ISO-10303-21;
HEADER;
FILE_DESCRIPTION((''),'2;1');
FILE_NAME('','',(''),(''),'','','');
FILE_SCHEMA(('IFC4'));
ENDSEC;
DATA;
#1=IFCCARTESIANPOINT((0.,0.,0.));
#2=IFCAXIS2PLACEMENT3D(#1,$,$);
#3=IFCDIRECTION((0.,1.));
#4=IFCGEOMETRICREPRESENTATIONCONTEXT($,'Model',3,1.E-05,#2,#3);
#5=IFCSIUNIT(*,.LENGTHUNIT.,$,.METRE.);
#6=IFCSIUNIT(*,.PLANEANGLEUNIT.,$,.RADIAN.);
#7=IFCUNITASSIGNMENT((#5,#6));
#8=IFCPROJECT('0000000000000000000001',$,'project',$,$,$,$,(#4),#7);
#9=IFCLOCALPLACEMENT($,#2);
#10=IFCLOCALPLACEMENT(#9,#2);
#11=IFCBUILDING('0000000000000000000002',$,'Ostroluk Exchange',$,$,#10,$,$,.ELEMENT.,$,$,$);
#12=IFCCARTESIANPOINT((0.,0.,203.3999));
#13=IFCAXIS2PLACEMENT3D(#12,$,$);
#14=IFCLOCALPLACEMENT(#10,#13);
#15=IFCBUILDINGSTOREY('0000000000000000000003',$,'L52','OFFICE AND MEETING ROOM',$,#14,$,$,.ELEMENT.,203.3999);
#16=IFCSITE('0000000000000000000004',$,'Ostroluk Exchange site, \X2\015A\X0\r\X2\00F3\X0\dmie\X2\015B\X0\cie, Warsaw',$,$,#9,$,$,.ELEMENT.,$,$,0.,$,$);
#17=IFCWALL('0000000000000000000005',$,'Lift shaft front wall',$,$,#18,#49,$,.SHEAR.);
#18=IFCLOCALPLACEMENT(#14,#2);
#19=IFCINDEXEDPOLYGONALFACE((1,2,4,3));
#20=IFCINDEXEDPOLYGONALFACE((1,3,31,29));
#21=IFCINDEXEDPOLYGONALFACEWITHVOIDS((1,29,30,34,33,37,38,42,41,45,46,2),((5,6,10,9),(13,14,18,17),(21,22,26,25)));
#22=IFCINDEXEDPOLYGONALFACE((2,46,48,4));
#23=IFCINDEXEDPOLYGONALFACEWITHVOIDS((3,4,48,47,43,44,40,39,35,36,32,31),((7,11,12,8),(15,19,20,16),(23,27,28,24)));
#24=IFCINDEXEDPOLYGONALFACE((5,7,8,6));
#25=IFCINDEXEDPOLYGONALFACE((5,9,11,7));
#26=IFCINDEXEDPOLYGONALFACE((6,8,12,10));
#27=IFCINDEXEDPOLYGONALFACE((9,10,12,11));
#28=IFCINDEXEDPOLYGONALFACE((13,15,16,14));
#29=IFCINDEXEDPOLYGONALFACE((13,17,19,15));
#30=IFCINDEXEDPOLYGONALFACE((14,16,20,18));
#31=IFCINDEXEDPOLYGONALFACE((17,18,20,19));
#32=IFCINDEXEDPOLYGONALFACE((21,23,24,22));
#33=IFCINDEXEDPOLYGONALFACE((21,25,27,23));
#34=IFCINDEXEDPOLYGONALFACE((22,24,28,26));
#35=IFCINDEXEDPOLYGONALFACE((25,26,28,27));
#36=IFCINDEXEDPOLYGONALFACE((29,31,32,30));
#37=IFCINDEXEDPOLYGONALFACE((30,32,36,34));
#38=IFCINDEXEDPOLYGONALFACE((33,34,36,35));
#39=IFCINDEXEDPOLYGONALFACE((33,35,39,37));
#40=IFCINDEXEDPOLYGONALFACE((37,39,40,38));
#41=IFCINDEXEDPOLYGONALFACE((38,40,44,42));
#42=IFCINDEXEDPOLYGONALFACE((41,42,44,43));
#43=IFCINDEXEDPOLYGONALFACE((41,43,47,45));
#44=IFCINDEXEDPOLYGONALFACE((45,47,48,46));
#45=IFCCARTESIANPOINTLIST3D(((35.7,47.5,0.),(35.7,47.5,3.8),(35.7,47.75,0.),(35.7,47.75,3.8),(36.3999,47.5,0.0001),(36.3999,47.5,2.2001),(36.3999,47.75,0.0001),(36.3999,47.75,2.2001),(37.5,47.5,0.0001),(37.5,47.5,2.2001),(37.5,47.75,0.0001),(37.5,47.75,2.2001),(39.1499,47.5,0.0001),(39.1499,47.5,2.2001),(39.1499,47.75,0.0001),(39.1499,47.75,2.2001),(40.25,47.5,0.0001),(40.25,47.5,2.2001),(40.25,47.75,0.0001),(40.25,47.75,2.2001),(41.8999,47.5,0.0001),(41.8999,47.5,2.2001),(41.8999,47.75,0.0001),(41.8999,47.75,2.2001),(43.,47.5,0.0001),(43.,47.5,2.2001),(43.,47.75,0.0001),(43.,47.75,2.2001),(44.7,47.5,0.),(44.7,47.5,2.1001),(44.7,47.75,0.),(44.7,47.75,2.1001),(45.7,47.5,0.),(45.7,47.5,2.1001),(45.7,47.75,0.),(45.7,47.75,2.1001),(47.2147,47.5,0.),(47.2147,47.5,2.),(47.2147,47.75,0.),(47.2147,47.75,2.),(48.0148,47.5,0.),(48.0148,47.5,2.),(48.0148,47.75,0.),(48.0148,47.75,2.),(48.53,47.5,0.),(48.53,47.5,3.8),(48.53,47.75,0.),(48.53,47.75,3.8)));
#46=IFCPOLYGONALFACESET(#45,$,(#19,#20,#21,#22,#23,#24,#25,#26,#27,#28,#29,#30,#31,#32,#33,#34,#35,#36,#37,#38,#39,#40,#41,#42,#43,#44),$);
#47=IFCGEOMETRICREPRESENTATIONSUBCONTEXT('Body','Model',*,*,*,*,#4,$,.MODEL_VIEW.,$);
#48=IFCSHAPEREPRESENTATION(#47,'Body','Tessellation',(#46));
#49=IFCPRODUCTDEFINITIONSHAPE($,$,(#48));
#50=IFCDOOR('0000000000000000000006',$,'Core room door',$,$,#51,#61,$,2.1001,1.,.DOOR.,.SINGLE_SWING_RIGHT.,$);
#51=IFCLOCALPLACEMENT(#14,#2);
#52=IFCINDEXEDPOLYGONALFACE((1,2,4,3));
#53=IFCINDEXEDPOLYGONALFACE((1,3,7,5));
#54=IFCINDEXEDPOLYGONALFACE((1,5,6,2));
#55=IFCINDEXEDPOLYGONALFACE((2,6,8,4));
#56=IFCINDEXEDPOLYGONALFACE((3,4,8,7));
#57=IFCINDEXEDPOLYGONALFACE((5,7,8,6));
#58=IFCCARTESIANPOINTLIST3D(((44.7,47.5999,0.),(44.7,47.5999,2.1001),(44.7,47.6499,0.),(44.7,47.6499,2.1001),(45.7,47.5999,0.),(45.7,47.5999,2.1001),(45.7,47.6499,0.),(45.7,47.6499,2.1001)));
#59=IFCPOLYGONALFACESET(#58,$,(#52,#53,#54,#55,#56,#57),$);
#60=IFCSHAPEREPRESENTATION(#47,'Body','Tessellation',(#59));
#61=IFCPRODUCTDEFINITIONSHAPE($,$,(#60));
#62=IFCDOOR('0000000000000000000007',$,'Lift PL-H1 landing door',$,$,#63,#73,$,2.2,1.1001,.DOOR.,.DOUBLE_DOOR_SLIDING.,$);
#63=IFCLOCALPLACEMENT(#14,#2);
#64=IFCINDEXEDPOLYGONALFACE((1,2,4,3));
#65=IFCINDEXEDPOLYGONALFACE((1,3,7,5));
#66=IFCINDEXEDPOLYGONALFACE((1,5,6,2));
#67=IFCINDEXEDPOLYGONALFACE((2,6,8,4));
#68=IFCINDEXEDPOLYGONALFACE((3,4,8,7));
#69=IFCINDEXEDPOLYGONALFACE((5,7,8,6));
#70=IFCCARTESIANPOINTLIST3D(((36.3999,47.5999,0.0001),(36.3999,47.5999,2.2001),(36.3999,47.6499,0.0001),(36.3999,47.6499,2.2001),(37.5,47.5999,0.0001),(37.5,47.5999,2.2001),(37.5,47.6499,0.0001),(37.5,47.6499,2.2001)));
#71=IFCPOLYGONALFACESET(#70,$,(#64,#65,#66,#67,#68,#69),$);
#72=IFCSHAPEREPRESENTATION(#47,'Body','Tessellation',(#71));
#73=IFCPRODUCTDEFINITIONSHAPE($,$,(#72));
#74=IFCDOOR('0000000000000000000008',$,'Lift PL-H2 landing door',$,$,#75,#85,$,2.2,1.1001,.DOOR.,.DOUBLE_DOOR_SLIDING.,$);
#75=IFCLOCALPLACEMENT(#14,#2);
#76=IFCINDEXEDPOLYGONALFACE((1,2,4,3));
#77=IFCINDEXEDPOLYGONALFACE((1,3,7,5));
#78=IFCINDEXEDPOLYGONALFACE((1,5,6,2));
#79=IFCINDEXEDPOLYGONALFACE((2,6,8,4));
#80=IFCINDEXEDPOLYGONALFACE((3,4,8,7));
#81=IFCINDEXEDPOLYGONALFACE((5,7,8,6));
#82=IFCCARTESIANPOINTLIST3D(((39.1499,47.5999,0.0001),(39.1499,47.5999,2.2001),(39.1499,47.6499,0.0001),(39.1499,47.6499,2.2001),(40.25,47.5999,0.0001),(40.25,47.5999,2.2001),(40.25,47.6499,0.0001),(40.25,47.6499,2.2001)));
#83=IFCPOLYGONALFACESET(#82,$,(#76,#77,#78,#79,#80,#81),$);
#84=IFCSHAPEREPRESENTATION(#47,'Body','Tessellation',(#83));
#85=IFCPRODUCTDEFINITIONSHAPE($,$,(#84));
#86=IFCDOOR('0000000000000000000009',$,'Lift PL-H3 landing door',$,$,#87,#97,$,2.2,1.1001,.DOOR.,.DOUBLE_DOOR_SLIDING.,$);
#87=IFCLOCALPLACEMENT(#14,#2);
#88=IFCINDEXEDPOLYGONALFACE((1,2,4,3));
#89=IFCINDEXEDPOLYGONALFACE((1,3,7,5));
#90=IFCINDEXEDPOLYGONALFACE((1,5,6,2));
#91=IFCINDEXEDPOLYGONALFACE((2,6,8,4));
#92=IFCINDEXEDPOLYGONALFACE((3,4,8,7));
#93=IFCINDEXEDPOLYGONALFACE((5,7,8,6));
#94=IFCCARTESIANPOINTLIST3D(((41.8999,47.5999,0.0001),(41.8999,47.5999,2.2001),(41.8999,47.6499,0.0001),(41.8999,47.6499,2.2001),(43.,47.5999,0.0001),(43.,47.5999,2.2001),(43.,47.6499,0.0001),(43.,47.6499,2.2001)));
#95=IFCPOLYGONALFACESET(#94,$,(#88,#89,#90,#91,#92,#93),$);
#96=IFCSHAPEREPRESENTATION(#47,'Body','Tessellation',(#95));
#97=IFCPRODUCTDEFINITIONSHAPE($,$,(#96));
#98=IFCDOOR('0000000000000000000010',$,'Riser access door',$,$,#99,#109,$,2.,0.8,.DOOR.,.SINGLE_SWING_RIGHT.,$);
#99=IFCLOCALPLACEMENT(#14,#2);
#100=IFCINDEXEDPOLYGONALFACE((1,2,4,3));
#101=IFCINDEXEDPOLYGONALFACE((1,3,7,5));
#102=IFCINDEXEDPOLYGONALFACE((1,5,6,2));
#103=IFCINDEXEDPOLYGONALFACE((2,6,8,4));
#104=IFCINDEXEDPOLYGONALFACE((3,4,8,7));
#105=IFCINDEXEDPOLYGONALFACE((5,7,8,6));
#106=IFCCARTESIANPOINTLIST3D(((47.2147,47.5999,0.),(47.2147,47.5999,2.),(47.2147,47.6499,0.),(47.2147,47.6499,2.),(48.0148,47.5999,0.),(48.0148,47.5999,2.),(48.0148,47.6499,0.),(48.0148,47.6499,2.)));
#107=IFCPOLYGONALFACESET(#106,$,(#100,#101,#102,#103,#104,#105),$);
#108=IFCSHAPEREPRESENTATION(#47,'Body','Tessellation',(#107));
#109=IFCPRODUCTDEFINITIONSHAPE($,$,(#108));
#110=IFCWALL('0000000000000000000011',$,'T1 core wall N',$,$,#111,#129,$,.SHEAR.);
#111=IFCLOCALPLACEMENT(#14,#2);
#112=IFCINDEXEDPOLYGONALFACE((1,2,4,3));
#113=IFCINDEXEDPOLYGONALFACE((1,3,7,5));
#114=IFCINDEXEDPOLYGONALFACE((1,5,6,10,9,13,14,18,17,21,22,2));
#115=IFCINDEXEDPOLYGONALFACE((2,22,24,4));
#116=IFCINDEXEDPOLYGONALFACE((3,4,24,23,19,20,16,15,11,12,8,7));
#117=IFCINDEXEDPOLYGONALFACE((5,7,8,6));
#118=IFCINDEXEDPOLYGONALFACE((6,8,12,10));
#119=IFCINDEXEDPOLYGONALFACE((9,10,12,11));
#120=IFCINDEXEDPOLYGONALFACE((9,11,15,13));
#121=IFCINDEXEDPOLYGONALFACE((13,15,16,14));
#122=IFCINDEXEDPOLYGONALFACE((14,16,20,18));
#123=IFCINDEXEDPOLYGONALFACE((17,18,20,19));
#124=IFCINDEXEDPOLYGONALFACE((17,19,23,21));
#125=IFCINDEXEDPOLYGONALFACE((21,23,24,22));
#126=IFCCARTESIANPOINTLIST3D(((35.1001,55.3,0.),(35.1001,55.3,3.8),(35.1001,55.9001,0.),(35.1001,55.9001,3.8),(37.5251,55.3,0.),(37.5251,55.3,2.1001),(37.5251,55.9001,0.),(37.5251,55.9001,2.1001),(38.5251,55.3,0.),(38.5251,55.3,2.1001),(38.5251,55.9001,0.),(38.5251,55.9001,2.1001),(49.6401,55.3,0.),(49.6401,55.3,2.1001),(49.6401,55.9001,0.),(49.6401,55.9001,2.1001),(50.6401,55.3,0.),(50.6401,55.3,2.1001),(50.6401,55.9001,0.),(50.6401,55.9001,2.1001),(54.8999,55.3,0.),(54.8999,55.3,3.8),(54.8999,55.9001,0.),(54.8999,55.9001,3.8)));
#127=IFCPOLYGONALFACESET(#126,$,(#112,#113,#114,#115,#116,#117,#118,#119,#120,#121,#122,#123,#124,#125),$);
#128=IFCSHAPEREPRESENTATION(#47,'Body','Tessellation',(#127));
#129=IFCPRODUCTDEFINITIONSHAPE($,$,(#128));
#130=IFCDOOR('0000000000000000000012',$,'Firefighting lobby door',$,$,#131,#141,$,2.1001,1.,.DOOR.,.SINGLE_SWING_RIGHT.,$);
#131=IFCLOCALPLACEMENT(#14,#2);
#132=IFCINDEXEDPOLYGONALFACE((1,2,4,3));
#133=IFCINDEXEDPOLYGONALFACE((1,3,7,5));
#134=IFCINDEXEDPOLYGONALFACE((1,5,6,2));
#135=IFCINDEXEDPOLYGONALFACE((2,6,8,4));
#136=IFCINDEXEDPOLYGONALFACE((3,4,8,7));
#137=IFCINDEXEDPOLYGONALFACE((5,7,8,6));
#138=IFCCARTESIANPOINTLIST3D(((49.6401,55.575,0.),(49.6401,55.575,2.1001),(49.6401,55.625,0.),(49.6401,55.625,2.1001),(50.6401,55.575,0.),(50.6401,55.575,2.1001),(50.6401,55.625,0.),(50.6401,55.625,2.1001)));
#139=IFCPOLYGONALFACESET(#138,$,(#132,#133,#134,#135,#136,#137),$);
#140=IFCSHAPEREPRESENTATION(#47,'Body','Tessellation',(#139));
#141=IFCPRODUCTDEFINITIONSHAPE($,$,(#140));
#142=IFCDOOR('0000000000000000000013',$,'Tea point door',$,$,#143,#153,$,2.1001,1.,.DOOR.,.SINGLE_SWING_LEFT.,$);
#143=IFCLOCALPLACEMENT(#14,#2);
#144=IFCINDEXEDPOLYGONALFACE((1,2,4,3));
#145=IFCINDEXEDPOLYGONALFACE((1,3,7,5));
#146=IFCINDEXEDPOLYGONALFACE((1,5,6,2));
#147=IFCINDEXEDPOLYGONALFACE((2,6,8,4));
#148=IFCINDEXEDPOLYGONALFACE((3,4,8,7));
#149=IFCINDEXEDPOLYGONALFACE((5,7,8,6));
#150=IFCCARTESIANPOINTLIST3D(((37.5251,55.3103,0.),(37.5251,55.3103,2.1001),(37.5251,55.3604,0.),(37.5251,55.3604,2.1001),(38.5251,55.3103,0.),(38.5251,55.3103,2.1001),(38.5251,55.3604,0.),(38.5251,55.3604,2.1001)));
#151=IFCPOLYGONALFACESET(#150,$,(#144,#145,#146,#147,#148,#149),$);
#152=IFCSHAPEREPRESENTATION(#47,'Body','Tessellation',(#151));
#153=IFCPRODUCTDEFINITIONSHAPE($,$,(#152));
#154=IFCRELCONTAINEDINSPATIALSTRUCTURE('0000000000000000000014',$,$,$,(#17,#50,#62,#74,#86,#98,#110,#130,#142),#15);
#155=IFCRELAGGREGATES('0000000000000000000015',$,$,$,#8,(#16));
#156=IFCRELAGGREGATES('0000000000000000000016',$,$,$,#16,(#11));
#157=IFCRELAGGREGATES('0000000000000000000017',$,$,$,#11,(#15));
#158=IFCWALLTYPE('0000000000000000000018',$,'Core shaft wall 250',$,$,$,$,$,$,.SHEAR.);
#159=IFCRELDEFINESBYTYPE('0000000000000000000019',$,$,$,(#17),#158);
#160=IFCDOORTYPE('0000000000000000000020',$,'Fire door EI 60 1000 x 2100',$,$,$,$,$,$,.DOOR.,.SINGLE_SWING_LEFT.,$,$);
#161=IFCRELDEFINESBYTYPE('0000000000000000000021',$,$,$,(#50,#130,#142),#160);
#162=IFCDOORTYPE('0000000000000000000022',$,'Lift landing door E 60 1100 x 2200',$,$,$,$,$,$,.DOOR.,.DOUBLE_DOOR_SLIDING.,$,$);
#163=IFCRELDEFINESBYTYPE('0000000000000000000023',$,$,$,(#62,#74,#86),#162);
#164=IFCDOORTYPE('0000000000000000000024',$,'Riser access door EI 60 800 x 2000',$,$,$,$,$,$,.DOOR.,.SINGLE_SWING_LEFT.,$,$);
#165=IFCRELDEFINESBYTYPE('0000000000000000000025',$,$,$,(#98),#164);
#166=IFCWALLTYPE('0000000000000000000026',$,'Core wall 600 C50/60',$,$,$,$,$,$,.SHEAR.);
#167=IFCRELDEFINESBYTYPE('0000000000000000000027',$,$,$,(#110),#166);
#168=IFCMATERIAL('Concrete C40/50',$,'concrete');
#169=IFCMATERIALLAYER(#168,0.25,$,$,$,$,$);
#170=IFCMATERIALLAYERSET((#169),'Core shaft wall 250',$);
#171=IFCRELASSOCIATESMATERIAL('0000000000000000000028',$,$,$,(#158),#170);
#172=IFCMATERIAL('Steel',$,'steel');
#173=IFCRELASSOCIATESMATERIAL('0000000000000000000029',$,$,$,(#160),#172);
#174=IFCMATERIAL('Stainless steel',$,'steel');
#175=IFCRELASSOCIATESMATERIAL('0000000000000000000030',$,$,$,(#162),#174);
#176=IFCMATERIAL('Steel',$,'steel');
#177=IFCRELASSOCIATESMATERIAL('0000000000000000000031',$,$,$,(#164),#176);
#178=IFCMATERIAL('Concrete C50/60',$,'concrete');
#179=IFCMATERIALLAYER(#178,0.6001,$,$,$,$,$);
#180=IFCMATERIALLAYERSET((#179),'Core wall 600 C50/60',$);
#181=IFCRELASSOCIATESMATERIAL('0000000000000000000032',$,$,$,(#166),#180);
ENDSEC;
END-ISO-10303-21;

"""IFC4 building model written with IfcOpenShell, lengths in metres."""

from ifc_helpers import new_model, si_unit, direction, frame, frame_2d, origin, place, context, subcontext, project, spatial, rectangle, extrude, material, layer, layer_set, type_object, element, fill, save


model = new_model("IFC4")

# Units and contexts
model_context = context("Model", 3, precision=1e-05, world=origin(), true_north=direction((0.0, 1.0)))
body_context = subcontext(model_context, "Body", "Model", "MODEL_VIEW")
ifc_project = project(units=[si_unit("LENGTHUNIT", "METRE"), si_unit("PLANEANGLEUNIT", "RADIAN")], contexts=[model_context])

# Site, building, storey
site_placement = place(None, origin())
site = spatial("IfcSite", under=ifc_project, at=site_placement, Name="Ostroluk Exchange site, Śródmieście, Warsaw", CompositionType="ELEMENT", RefElevation=0.0)
building_placement = place(site_placement, origin())
building = spatial("IfcBuilding", under=site, at=building_placement, Name="Ostroluk Exchange", CompositionType="ELEMENT")
storey_placement = place(building_placement, frame((0.0, 0.0, 203.3999)))
storey = spatial("IfcBuildingStorey", under=building, at=storey_placement, Name="L52", Description="OFFICE AND MEETING ROOM", CompositionType="ELEMENT", Elevation=203.3999)

# Shared definitions
ifc_material_1 = material(Name="Concrete C40/50", Category="concrete")
ifc_layer_1 = layer(ifc_material_1, 0.25)
ifc_layer_set_1 = layer_set([ifc_layer_1], Name="Core shaft wall 250")
wall_type_1 = type_object("IfcWallType", Name="Core shaft wall 250", PredefinedType="SHEAR", material=ifc_layer_set_1)

# Walls, openings, doors
wall_1_placement = place(storey_placement, frame((35.7, 47.625, 0.0), z_axis=(0.0, 0.0, 1.0), x_axis=(1.0, 0.0, 0.0)))
wall_1 = element("IfcWall", 1, at=wall_1_placement, inside=storey, type_object=wall_type_1, Name="Lift shaft front wall", PredefinedType="SHEAR", context=body_context, shape_type="SweptSolid", body=[
    extrude(rectangle(XDim=12.8301, YDim=0.25, at=frame_2d((6.415, 0.0))), origin(), (0.0, 0.0, 1.0), 3.8),
])
opening_1_placement = place(wall_1_placement, frame((0.7, 0.0, 0.0)))
opening_1 = element("IfcOpeningElement", 2, at=opening_1_placement, cuts=wall_1, PredefinedType="OPENING", context=body_context, shape_type="SweptSolid", body=[
    extrude(rectangle(XDim=1.1001, YDim=2.2, at=frame_2d((0.55, 1.1001))), frame((0.0, 0.135, 0.0), z_axis=(0.0, -1.0, 0.0), x_axis=(1.0, 0.0, 0.0)), (0.0, 0.0, 1.0), 0.27),
])
opening_2_placement = place(wall_1_placement, frame((3.45, 0.0, 0.0)))
opening_2 = element("IfcOpeningElement", 3, at=opening_2_placement, cuts=wall_1, PredefinedType="OPENING", context=body_context, shape_type="SweptSolid", body=[
    extrude(rectangle(XDim=1.1001, YDim=2.2, at=frame_2d((0.55, 1.1001))), frame((0.0, 0.135, 0.0), z_axis=(0.0, -1.0, 0.0), x_axis=(1.0, 0.0, 0.0)), (0.0, 0.0, 1.0), 0.27),
])
opening_3_placement = place(wall_1_placement, frame((6.2, 0.0, 0.0)))
opening_3 = element("IfcOpeningElement", 4, at=opening_3_placement, cuts=wall_1, PredefinedType="OPENING", context=body_context, shape_type="SweptSolid", body=[
    extrude(rectangle(XDim=1.1001, YDim=2.2, at=frame_2d((0.55, 1.1001))), frame((0.0, 0.135, 0.0), z_axis=(0.0, -1.0, 0.0), x_axis=(1.0, 0.0, 0.0)), (0.0, 0.0, 1.0), 0.27),
])
opening_4_placement = place(wall_1_placement, frame((9.0, 0.0, 0.0)))
opening_4 = element("IfcOpeningElement", 5, at=opening_4_placement, cuts=wall_1, PredefinedType="OPENING", context=body_context, shape_type="SweptSolid", body=[
    extrude(rectangle(XDim=1.0, YDim=2.1001, at=frame_2d((0.5, 1.05))), frame((0.0, 0.135, 0.0), z_axis=(0.0, -1.0, 0.0), x_axis=(1.0, 0.0, 0.0)), (0.0, 0.0, 1.0), 0.27),
])
opening_5_placement = place(wall_1_placement, frame((11.5149, 0.0, 0.0)))
opening_5 = element("IfcOpeningElement", 6, at=opening_5_placement, cuts=wall_1, PredefinedType="OPENING", context=body_context, shape_type="SweptSolid", body=[
    extrude(rectangle(XDim=0.8, YDim=2.0, at=frame_2d((0.3999, 1.0))), frame((0.0, 0.135, 0.0), z_axis=(0.0, -1.0, 0.0), x_axis=(1.0, 0.0, 0.0)), (0.0, 0.0, 1.0), 0.27),
])
ifc_material_2 = material(Name="Steel", Category="steel")
door_type_1 = type_object("IfcDoorType", Name="Fire door EI 60 1000 x 2100", OperationType="SINGLE_SWING_LEFT", PredefinedType="DOOR", material=ifc_material_2)
door_1_placement = place(opening_4_placement, origin())
door_1 = element("IfcDoor", 7, at=door_1_placement, inside=storey, type_object=door_type_1, Name="Core room door", OperationType="SINGLE_SWING_RIGHT", OverallHeight=2.1001, OverallWidth=1.0, PredefinedType="DOOR", context=body_context, shape_type="SweptSolid", body=[
    extrude(rectangle(XDim=1.0, YDim=2.1001, at=frame_2d((0.5, 1.05))), frame((0.0, 0.0249, 0.0), z_axis=(0.0, -1.0, 0.0), x_axis=(1.0, 0.0, 0.0)), (0.0, 0.0, 1.0), 0.05),
])
fill(opening_4, door_1)
ifc_material_3 = material(Name="Stainless steel", Category="steel")
door_type_2 = type_object("IfcDoorType", Name="Lift landing door E 60 1100 x 2200", OperationType="DOUBLE_DOOR_SLIDING", PredefinedType="DOOR", material=ifc_material_3)
door_2_placement = place(opening_1_placement, origin())
door_2 = element("IfcDoor", 8, at=door_2_placement, inside=storey, type_object=door_type_2, Name="Lift PL-H1 landing door", OperationType="DOUBLE_DOOR_SLIDING", OverallHeight=2.2, OverallWidth=1.1001, PredefinedType="DOOR", context=body_context, shape_type="SweptSolid", body=[
    extrude(rectangle(XDim=1.1001, YDim=2.2, at=frame_2d((0.55, 1.1001))), frame((0.0, 0.0249, 0.0), z_axis=(0.0, -1.0, 0.0), x_axis=(1.0, 0.0, 0.0)), (0.0, 0.0, 1.0), 0.05),
])
fill(opening_1, door_2)
door_3_placement = place(opening_2_placement, origin())
door_3 = element("IfcDoor", 9, at=door_3_placement, inside=storey, type_object=door_type_2, Name="Lift PL-H2 landing door", OperationType="DOUBLE_DOOR_SLIDING", OverallHeight=2.2, OverallWidth=1.1001, PredefinedType="DOOR", context=body_context, shape_type="SweptSolid", body=[
    extrude(rectangle(XDim=1.1001, YDim=2.2, at=frame_2d((0.55, 1.1001))), frame((0.0, 0.0249, 0.0), z_axis=(0.0, -1.0, 0.0), x_axis=(1.0, 0.0, 0.0)), (0.0, 0.0, 1.0), 0.05),
])
fill(opening_2, door_3)
door_4_placement = place(opening_3_placement, origin())
door_4 = element("IfcDoor", 10, at=door_4_placement, inside=storey, type_object=door_type_2, Name="Lift PL-H3 landing door", OperationType="DOUBLE_DOOR_SLIDING", OverallHeight=2.2, OverallWidth=1.1001, PredefinedType="DOOR", context=body_context, shape_type="SweptSolid", body=[
    extrude(rectangle(XDim=1.1001, YDim=2.2, at=frame_2d((0.55, 1.1001))), frame((0.0, 0.0249, 0.0), z_axis=(0.0, -1.0, 0.0), x_axis=(1.0, 0.0, 0.0)), (0.0, 0.0, 1.0), 0.05),
])
fill(opening_3, door_4)
ifc_material_4 = material(Name="Steel", Category="steel")
door_type_3 = type_object("IfcDoorType", Name="Riser access door EI 60 800 x 2000", OperationType="SINGLE_SWING_LEFT", PredefinedType="DOOR", material=ifc_material_4)
door_5_placement = place(opening_5_placement, origin())
door_5 = element("IfcDoor", 11, at=door_5_placement, inside=storey, type_object=door_type_3, Name="Riser access door", OperationType="SINGLE_SWING_RIGHT", OverallHeight=2.0, OverallWidth=0.8, PredefinedType="DOOR", context=body_context, shape_type="SweptSolid", body=[
    extrude(rectangle(XDim=0.8, YDim=2.0, at=frame_2d((0.3999, 1.0))), frame((0.0, 0.0249, 0.0), z_axis=(0.0, -1.0, 0.0), x_axis=(1.0, 0.0, 0.0)), (0.0, 0.0, 1.0), 0.05),
])
fill(opening_5, door_5)
ifc_material_5 = material(Name="Concrete C50/60", Category="concrete")
ifc_layer_2 = layer(ifc_material_5, 0.6001)
ifc_layer_set_2 = layer_set([ifc_layer_2], Name="Core wall 600 C50/60")
wall_type_2 = type_object("IfcWallType", Name="Core wall 600 C50/60", PredefinedType="SHEAR", material=ifc_layer_set_2)
wall_2_placement = place(storey_placement, frame((35.1001, 55.6001, 0.0), z_axis=(0.0, 0.0, 1.0), x_axis=(1.0, 0.0, 0.0)))
wall_2 = element("IfcWall", 12, at=wall_2_placement, inside=storey, type_object=wall_type_2, Name="T1 core wall N", PredefinedType="SHEAR", context=body_context, shape_type="SweptSolid", body=[
    extrude(rectangle(XDim=19.7998, YDim=0.6001, at=frame_2d((9.8999, 0.0))), origin(), (0.0, 0.0, 1.0), 3.8),
])
opening_6_placement = place(wall_2_placement, frame((14.54, 0.0, 0.0)))
opening_6 = element("IfcOpeningElement", 13, at=opening_6_placement, cuts=wall_2, PredefinedType="OPENING", context=body_context, shape_type="SweptSolid", body=[
    extrude(rectangle(XDim=1.0, YDim=2.1001, at=frame_2d((0.5, 1.05))), frame((0.0, 0.3101, 0.0), z_axis=(0.0, -1.0, 0.0), x_axis=(1.0, 0.0, 0.0)), (0.0, 0.0, 1.0), 0.6201),
])
opening_7_placement = place(wall_2_placement, frame((2.425, 0.0, 0.0)))
opening_7 = element("IfcOpeningElement", 14, at=opening_7_placement, cuts=wall_2, PredefinedType="OPENING", context=body_context, shape_type="SweptSolid", body=[
    extrude(rectangle(XDim=1.0, YDim=2.1001, at=frame_2d((0.5, 1.05))), frame((0.0, 0.3101, 0.0), z_axis=(0.0, -1.0, 0.0), x_axis=(1.0, 0.0, 0.0)), (0.0, 0.0, 1.0), 0.6201),
])
door_6_placement = place(opening_6_placement, origin())
door_6 = element("IfcDoor", 15, at=door_6_placement, inside=storey, type_object=door_type_1, Name="Firefighting lobby door", OperationType="SINGLE_SWING_RIGHT", OverallHeight=2.1001, OverallWidth=1.0, PredefinedType="DOOR", context=body_context, shape_type="SweptSolid", body=[
    extrude(rectangle(XDim=1.0, YDim=2.1001, at=frame_2d((0.5, 1.05))), frame((0.0, 0.0249, 0.0), z_axis=(0.0, -1.0, 0.0), x_axis=(1.0, 0.0, 0.0)), (0.0, 0.0, 1.0), 0.05),
])
fill(opening_6, door_6)
door_7_placement = place(opening_7_placement, origin())
door_7 = element("IfcDoor", 16, at=door_7_placement, inside=storey, type_object=door_type_1, Name="Tea point door", OperationType="SINGLE_SWING_LEFT", OverallHeight=2.1001, OverallWidth=1.0, PredefinedType="DOOR", context=body_context, shape_type="SweptSolid", body=[
    extrude(rectangle(XDim=1.0, YDim=2.1001, at=frame_2d((0.5, 1.05))), frame((0.0, -0.2397, 0.0), z_axis=(0.0, -1.0, 0.0), x_axis=(1.0, 0.0, 0.0)), (0.0, 0.0, 1.0), 0.05),
])
fill(opening_7, door_7)

save(model, "model.ifc")
